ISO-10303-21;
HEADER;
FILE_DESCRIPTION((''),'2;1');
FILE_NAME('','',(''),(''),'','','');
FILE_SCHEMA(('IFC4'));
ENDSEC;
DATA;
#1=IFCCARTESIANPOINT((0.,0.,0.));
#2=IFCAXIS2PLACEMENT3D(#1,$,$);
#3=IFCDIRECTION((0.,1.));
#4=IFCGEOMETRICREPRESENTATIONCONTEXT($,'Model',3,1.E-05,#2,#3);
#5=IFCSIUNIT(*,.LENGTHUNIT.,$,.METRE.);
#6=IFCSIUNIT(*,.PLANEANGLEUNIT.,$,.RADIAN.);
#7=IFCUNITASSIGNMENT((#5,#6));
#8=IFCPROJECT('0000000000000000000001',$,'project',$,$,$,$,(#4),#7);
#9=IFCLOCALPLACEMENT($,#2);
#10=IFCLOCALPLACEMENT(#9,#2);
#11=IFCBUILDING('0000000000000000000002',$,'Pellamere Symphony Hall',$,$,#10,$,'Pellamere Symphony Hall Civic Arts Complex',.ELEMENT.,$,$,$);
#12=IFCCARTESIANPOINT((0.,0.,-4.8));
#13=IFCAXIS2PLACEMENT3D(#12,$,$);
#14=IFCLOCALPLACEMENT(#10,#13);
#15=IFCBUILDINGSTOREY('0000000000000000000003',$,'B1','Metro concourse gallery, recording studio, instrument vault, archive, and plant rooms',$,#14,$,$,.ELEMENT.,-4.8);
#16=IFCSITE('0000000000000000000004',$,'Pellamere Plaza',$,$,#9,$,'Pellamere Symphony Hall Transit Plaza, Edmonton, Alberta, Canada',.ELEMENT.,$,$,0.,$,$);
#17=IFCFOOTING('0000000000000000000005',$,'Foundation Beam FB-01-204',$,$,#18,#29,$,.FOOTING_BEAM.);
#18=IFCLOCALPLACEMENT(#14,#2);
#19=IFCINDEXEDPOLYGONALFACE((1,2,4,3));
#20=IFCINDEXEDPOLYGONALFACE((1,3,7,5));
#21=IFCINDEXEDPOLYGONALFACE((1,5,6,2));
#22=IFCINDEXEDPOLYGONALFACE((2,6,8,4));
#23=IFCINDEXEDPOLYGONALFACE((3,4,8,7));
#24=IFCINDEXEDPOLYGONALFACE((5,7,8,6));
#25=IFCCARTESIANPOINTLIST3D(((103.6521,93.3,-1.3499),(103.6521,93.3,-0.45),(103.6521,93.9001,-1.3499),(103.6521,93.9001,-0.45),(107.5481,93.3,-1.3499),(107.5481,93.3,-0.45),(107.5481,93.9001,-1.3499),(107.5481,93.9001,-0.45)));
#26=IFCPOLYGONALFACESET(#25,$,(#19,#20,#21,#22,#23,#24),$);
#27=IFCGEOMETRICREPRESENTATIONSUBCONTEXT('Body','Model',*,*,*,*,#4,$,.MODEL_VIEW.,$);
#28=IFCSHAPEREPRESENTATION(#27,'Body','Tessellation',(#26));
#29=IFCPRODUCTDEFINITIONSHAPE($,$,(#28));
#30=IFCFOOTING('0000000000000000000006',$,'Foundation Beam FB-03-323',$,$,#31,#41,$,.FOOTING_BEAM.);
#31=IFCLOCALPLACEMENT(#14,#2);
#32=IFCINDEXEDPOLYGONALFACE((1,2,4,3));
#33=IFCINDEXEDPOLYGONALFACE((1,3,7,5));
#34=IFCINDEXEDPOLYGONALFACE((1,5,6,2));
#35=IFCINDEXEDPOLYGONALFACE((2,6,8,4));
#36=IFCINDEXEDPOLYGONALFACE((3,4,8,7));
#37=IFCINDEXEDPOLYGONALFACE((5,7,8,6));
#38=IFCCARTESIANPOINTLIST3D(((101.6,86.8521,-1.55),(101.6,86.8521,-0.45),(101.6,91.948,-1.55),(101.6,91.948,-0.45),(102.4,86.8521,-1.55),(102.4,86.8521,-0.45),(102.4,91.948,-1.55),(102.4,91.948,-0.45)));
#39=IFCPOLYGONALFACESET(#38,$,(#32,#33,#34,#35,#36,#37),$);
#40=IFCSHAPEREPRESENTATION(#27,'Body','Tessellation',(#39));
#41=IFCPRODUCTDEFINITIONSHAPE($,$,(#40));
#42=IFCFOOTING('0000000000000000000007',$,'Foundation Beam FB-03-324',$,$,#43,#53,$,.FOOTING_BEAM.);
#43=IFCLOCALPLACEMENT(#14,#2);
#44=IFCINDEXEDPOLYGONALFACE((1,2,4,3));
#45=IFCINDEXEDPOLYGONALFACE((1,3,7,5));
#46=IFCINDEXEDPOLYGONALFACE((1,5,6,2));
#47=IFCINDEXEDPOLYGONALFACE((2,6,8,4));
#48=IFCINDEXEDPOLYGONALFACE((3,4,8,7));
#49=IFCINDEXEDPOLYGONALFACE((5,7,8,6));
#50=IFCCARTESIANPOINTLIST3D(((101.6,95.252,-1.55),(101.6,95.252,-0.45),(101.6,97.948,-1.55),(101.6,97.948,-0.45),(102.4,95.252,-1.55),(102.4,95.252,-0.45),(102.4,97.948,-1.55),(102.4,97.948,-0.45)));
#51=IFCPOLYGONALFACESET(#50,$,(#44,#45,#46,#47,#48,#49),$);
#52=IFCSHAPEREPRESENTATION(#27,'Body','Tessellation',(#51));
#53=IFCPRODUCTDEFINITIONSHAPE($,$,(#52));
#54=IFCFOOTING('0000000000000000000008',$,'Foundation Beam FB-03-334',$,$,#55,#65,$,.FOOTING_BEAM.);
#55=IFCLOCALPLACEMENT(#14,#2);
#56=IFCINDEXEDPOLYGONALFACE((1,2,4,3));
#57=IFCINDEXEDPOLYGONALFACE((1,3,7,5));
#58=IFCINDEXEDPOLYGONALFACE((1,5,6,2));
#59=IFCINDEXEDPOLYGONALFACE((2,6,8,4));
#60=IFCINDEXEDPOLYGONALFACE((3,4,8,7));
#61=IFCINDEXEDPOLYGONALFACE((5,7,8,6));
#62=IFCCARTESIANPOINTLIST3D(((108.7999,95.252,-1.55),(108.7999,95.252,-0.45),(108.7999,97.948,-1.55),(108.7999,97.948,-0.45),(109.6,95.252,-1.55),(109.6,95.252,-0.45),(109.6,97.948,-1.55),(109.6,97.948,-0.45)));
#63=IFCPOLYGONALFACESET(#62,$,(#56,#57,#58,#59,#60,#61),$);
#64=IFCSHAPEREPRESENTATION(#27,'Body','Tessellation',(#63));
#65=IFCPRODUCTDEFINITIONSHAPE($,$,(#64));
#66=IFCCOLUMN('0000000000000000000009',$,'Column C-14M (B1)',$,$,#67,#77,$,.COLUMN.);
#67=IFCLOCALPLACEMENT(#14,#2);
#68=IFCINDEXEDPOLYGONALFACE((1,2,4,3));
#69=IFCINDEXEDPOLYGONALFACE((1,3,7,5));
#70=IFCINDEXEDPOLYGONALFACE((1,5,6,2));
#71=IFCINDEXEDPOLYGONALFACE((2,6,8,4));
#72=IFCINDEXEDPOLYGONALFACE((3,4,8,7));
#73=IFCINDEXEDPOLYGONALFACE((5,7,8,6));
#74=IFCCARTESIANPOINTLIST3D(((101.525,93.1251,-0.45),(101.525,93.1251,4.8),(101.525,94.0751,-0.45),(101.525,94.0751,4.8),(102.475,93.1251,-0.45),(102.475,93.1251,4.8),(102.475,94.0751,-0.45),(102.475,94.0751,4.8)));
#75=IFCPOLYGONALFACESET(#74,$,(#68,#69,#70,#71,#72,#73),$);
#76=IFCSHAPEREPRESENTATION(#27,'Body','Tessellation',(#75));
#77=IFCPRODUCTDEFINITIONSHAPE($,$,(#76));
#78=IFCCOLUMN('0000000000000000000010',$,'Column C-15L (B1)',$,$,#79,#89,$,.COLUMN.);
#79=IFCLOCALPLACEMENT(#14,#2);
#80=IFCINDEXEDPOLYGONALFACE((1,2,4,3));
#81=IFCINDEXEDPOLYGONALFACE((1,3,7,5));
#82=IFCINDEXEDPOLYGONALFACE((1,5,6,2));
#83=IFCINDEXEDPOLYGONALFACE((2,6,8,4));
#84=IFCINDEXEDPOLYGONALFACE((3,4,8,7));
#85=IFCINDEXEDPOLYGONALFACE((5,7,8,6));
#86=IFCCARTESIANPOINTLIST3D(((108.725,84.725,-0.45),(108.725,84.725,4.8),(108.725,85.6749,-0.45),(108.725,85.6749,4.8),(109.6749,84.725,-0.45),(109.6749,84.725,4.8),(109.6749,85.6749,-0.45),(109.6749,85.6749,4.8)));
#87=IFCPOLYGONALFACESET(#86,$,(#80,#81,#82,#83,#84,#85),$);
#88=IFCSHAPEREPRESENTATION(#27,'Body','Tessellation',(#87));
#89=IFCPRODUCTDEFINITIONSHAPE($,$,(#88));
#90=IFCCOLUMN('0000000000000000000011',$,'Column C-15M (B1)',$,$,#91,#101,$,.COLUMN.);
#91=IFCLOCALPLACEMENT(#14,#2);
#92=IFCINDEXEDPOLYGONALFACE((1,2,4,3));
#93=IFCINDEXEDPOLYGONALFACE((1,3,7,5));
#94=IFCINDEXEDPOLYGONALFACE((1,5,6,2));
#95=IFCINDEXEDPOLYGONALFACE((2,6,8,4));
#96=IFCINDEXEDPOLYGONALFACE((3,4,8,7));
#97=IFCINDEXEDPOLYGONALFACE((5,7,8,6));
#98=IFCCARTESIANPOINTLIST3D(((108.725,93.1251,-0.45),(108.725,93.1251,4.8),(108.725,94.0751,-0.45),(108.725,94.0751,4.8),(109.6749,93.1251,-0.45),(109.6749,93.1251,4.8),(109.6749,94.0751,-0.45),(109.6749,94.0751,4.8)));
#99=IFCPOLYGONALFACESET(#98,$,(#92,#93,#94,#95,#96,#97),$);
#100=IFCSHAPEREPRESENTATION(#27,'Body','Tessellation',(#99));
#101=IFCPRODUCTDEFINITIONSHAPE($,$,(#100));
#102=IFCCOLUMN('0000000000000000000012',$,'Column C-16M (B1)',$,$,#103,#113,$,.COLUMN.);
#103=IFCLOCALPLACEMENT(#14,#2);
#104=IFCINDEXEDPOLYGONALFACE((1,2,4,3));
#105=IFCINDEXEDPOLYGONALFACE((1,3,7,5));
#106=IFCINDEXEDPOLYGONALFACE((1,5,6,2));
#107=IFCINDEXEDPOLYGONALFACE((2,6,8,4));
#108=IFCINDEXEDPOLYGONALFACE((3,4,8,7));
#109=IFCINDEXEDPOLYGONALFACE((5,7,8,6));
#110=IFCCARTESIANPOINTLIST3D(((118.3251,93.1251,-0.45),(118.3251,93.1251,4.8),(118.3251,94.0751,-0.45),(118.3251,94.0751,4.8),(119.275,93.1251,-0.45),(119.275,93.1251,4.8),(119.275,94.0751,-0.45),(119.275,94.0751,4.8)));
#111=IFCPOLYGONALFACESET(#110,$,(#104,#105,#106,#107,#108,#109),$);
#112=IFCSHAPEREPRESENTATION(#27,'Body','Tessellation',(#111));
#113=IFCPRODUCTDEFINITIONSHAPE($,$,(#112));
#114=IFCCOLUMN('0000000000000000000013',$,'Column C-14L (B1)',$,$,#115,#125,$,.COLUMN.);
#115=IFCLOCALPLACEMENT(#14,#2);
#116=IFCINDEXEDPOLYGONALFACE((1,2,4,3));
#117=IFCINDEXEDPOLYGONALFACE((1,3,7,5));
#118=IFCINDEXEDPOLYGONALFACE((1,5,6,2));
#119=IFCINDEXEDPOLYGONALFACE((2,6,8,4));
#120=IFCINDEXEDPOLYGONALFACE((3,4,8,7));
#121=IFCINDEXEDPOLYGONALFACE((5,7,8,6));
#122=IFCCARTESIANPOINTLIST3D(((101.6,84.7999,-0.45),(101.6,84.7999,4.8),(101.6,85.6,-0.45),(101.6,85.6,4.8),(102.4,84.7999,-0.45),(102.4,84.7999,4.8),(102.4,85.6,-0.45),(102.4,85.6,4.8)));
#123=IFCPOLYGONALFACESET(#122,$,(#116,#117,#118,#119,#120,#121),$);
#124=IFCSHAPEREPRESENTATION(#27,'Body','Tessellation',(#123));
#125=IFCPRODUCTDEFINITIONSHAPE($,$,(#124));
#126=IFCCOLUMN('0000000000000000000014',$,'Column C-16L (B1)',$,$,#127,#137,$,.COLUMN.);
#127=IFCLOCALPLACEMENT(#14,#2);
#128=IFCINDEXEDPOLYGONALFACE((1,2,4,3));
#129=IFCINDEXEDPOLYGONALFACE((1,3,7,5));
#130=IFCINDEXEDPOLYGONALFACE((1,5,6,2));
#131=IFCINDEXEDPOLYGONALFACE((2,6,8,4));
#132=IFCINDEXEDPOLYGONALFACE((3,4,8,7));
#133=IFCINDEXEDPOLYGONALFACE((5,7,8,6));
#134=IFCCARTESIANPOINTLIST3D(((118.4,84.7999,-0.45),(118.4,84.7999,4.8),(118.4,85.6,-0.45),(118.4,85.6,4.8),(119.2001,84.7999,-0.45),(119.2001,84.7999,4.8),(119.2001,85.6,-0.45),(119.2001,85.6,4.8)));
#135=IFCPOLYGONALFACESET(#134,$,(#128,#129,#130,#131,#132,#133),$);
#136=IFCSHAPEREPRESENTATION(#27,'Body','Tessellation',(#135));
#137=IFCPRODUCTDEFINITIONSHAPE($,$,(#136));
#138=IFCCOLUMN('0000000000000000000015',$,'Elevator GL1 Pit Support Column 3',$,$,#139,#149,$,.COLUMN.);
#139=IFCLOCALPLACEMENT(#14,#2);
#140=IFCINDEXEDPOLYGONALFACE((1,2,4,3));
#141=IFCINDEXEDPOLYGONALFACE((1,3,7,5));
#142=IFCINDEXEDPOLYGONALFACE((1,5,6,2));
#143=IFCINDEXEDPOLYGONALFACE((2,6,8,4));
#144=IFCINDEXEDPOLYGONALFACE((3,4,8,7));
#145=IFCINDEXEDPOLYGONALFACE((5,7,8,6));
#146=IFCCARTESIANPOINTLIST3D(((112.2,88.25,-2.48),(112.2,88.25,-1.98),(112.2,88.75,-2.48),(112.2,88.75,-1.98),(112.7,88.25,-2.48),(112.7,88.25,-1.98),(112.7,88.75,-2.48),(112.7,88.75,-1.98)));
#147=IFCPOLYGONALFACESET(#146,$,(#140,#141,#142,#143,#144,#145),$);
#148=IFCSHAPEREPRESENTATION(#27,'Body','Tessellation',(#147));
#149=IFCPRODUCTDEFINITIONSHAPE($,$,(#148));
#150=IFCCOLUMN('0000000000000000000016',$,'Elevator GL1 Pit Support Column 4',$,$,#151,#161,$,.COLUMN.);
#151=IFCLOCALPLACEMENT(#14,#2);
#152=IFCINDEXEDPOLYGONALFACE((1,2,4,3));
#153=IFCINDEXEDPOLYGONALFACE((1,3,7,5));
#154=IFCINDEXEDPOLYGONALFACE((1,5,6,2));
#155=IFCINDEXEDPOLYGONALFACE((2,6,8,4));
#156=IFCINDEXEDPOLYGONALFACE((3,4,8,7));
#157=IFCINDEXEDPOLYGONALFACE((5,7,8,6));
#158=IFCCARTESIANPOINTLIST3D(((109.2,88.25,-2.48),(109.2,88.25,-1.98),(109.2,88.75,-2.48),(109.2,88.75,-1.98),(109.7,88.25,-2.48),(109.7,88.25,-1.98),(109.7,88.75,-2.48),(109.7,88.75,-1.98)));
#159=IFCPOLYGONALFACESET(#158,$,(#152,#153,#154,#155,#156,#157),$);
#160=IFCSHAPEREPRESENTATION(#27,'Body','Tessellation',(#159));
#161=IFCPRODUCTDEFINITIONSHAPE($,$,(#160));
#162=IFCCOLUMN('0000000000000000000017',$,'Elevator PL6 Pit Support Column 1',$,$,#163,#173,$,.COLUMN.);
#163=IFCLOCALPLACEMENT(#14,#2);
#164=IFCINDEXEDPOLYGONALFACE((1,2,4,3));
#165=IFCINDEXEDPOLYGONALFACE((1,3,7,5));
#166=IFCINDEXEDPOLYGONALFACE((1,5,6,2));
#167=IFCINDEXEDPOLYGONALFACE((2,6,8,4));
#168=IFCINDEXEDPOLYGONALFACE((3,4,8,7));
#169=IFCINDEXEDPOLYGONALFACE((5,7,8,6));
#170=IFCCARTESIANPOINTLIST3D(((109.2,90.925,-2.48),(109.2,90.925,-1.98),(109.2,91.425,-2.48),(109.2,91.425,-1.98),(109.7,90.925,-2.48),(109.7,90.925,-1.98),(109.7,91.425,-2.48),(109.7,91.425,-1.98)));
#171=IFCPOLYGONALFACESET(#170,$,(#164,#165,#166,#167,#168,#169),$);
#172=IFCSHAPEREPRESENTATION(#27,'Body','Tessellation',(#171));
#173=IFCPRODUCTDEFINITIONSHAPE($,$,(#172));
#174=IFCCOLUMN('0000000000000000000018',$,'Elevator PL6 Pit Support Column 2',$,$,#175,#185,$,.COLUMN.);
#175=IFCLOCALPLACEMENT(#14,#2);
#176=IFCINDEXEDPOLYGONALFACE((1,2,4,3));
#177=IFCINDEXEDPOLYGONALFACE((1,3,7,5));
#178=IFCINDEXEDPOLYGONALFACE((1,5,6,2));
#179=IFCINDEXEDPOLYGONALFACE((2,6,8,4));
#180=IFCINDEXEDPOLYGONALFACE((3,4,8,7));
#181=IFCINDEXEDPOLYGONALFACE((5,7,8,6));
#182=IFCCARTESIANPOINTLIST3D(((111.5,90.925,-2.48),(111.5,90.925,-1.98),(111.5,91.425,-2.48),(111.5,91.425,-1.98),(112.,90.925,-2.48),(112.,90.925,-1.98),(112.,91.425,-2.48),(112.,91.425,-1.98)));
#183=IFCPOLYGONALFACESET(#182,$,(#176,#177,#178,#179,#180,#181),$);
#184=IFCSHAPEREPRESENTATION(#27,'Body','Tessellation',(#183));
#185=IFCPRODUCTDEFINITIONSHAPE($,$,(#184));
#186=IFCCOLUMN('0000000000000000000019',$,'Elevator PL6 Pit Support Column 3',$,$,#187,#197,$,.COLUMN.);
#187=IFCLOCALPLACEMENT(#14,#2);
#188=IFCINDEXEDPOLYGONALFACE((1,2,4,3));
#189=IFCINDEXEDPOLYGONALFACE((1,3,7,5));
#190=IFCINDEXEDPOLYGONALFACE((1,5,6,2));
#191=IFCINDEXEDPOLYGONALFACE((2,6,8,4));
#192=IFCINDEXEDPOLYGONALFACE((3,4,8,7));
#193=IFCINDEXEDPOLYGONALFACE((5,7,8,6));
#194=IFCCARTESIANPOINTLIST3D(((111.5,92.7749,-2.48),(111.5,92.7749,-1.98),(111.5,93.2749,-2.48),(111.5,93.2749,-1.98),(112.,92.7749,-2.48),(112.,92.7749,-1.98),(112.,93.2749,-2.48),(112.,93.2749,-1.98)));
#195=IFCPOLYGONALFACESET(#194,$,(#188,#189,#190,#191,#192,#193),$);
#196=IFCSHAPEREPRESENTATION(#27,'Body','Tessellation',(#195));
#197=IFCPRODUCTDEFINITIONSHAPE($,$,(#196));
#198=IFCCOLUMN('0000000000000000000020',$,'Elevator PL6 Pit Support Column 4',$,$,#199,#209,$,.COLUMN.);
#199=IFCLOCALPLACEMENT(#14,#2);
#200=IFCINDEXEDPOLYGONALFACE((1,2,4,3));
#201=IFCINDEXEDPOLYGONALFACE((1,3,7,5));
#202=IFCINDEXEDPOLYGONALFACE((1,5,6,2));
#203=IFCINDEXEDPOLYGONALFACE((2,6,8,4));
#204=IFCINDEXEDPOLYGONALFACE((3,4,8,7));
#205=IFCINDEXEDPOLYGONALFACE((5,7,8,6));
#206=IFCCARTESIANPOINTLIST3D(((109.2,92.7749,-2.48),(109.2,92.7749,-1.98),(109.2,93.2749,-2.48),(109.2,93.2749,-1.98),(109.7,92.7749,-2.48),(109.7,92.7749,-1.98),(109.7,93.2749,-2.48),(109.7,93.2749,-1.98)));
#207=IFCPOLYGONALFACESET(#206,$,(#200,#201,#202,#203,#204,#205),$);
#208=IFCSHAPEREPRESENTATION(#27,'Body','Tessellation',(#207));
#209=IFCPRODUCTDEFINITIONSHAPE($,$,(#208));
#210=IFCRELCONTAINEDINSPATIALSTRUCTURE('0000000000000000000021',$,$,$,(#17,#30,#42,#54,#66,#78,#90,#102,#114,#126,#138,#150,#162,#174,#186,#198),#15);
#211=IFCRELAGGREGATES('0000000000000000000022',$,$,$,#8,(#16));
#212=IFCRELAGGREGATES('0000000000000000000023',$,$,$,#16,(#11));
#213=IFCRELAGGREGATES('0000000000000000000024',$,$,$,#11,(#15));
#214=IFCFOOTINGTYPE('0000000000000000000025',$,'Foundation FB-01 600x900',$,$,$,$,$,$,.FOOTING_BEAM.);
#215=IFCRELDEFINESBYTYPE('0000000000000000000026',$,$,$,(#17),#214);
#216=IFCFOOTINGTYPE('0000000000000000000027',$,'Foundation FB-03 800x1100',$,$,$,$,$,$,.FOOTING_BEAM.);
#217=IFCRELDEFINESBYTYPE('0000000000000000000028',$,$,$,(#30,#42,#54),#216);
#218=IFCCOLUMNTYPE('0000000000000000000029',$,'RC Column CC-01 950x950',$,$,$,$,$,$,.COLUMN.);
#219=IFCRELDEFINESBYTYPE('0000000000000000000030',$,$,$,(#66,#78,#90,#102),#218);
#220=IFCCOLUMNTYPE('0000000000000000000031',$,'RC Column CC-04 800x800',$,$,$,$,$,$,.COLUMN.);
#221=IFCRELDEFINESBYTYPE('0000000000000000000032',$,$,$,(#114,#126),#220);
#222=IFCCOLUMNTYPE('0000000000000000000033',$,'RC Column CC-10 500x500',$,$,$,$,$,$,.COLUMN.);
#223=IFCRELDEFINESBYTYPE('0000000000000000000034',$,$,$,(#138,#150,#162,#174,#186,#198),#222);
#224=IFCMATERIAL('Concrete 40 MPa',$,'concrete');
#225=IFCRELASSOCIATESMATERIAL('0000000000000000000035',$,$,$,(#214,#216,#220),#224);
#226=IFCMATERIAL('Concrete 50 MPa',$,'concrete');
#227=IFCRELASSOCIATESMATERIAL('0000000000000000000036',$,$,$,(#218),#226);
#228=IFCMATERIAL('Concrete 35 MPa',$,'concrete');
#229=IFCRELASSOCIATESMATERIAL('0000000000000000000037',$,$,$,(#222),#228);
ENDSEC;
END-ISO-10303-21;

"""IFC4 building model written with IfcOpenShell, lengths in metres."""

from ifc_helpers import new_model, si_unit, direction, frame, origin, origin_2d, place, context, subcontext, project, spatial, rectangle, extrude, material, material_profile, profile_set, type_object, element, save


model = new_model("IFC4")

# Units and contexts
model_context = context("Model", 3, precision=1e-05, world=origin(), true_north=direction((0.0, 1.0)))
body_context = subcontext(model_context, "Body", "Model", "MODEL_VIEW")
ifc_project = project(units=[si_unit("LENGTHUNIT", "METRE"), si_unit("PLANEANGLEUNIT", "RADIAN")], contexts=[model_context])

# Site, building, storey
site_placement = place(None, origin())
site = spatial("IfcSite", under=ifc_project, at=site_placement, Name="Pellamere Plaza", LongName="Pellamere Symphony Hall Transit Plaza, Edmonton, Alberta, Canada", CompositionType="ELEMENT", RefElevation=0.0)
building_placement = place(site_placement, origin())
building = spatial("IfcBuilding", under=site, at=building_placement, Name="Pellamere Symphony Hall", LongName="Pellamere Symphony Hall Civic Arts Complex", CompositionType="ELEMENT")
storey_placement = place(building_placement, frame((0.0, 0.0, -4.8)))
storey = spatial("IfcBuildingStorey", under=building, at=storey_placement, Name="B1", Description="Metro concourse gallery, recording studio, instrument vault, archive, and plant rooms", CompositionType="ELEMENT", Elevation=-4.8)

# Shared definitions
ifc_material_1 = material(Name="Concrete 40 MPa", Category="concrete")
ifc_material_2 = material(Name="Concrete 35 MPa", Category="concrete")

# Footings
ifc_material_profile_1 = material_profile(ifc_material_1, rectangle(XDim=0.6001, YDim=0.8999, at=origin_2d()), Name="RC 600x900")
ifc_profile_set_1 = profile_set([ifc_material_profile_1], Name="Concrete 40 MPa")
footing_type_1 = type_object("IfcFootingType", Name="Foundation FB-01 600x900", PredefinedType="FOOTING_BEAM", material=ifc_profile_set_1)
for number, where, z_axis, x_axis, name in (
    (1, (103.6521, 93.6001, -0.8999), (1.0, 0.0, 0.0), (0.0, 1.0, 0.0), "Foundation Beam FB-01-204"),
):
    element("IfcFooting", number, at=place(storey_placement, frame(where, z_axis=z_axis, x_axis=x_axis)), inside=storey, type_object=footing_type_1, Name=name, PredefinedType="FOOTING_BEAM", context=body_context, shape_type="SweptSolid", body=[
        extrude(rectangle(XDim=0.6001, YDim=0.8999, at=origin_2d()), origin(), (0.0, 0.0, 1.0), 3.896),
    ])
ifc_material_profile_2 = material_profile(ifc_material_1, rectangle(XDim=0.8, YDim=1.1001, at=origin_2d()), Name="RC 800x1100")
ifc_profile_set_2 = profile_set([ifc_material_profile_2], Name="Concrete 40 MPa")
footing_type_2 = type_object("IfcFootingType", Name="Foundation FB-03 800x1100", PredefinedType="FOOTING_BEAM", material=ifc_profile_set_2)
footing_placement = place(storey_placement, frame((102.0, 86.8521, -1.0), z_axis=(0.0, 1.0, 0.0), x_axis=(-1.0, 0.0, 0.0)))
element("IfcFooting", 2, at=footing_placement, inside=storey, type_object=footing_type_2, Name="Foundation Beam FB-03-323", PredefinedType="FOOTING_BEAM", context=body_context, shape_type="SweptSolid", body=[
    extrude(rectangle(XDim=0.8, YDim=1.1001, at=origin_2d()), origin(), (0.0, 0.0, 1.0), 5.0959),
])
for number, where, z_axis, x_axis, name in (
    (3, (102.0, 95.252, -1.0), (0.0, 1.0, 0.0), (-1.0, 0.0, 0.0), "Foundation Beam FB-03-324"),
    (4, (109.2, 95.252, -1.0), (0.0, 1.0, 0.0), (-1.0, 0.0, 0.0), "Foundation Beam FB-03-334"),
):
    element("IfcFooting", number, at=place(storey_placement, frame(where, z_axis=z_axis, x_axis=x_axis)), inside=storey, type_object=footing_type_2, Name=name, PredefinedType="FOOTING_BEAM", context=body_context, shape_type="SweptSolid", body=[
        extrude(rectangle(XDim=0.8, YDim=1.1001, at=origin_2d()), origin(), (0.0, 0.0, 1.0), 2.696),
    ])

# Columns
ifc_material_3 = material(Name="Concrete 50 MPa", Category="concrete")
ifc_material_profile_3 = material_profile(ifc_material_3, rectangle(XDim=0.95, YDim=0.95, at=origin_2d()), Name="RC 950x950")
ifc_profile_set_3 = profile_set([ifc_material_profile_3], Name="Concrete 50 MPa")
column_type_1 = type_object("IfcColumnType", Name="RC Column CC-01 950x950", PredefinedType="COLUMN", material=ifc_profile_set_3)
for number, where, z_axis, x_axis, name in (
    (5, (102.0, 93.6001, -0.45), (0.0, 0.0, 1.0), (1.0, 0.0, 0.0), "Column C-14M (B1)"),
    (6, (109.2, 85.2, -0.45), (0.0, 0.0, 1.0), (1.0, 0.0, 0.0), "Column C-15L (B1)"),
    (7, (109.2, 93.6001, -0.45), (0.0, 0.0, 1.0), (1.0, 0.0, 0.0), "Column C-15M (B1)"),
    (8, (118.8, 93.6001, -0.45), (0.0, 0.0, 1.0), (1.0, 0.0, 0.0), "Column C-16M (B1)"),
):
    element("IfcColumn", number, at=place(storey_placement, frame(where, z_axis=z_axis, x_axis=x_axis)), inside=storey, type_object=column_type_1, Name=name, PredefinedType="COLUMN", context=body_context, shape_type="SweptSolid", body=[
        extrude(rectangle(XDim=0.95, YDim=0.95, at=origin_2d()), origin(), (0.0, 0.0, 1.0), 5.25),
    ])
ifc_material_profile_4 = material_profile(ifc_material_1, rectangle(XDim=0.8, YDim=0.8, at=origin_2d()), Name="RC 800x800")
ifc_profile_set_4 = profile_set([ifc_material_profile_4], Name="Concrete 40 MPa")
column_type_2 = type_object("IfcColumnType", Name="RC Column CC-04 800x800", PredefinedType="COLUMN", material=ifc_profile_set_4)
for number, where, z_axis, x_axis, name in (
    (9, (102.0, 85.2, -0.45), (0.0, 0.0, 1.0), (1.0, 0.0, 0.0), "Column C-14L (B1)"),
    (10, (118.8, 85.2, -0.45), (0.0, 0.0, 1.0), (1.0, 0.0, 0.0), "Column C-16L (B1)"),
):
    element("IfcColumn", number, at=place(storey_placement, frame(where, z_axis=z_axis, x_axis=x_axis)), inside=storey, type_object=column_type_2, Name=name, PredefinedType="COLUMN", context=body_context, shape_type="SweptSolid", body=[
        extrude(rectangle(XDim=0.8, YDim=0.8, at=origin_2d()), origin(), (0.0, 0.0, 1.0), 5.25),
    ])
ifc_material_profile_5 = material_profile(ifc_material_2, rectangle(XDim=0.5, YDim=0.5, at=origin_2d()), Name="RC 500x500")
ifc_profile_set_5 = profile_set([ifc_material_profile_5], Name="Concrete 35 MPa")
column_type_3 = type_object("IfcColumnType", Name="RC Column CC-10 500x500", PredefinedType="COLUMN", material=ifc_profile_set_5)
for number, where, z_axis, x_axis, name in (
    (11, (112.45, 88.5, -2.48), (0.0, 0.0, 1.0), (1.0, 0.0, 0.0), "Elevator GL1 Pit Support Column 3"),
    (12, (109.45, 88.5, -2.48), (0.0, 0.0, 1.0), (1.0, 0.0, 0.0), "Elevator GL1 Pit Support Column 4"),
    (13, (109.45, 91.175, -2.48), (0.0, 0.0, 1.0), (1.0, 0.0, 0.0), "Elevator PL6 Pit Support Column 1"),
    (14, (111.75, 91.175, -2.48), (0.0, 0.0, 1.0), (1.0, 0.0, 0.0), "Elevator PL6 Pit Support Column 2"),
    (15, (111.75, 93.0249, -2.48), (0.0, 0.0, 1.0), (1.0, 0.0, 0.0), "Elevator PL6 Pit Support Column 3"),
    (16, (109.45, 93.0249, -2.48), (0.0, 0.0, 1.0), (1.0, 0.0, 0.0), "Elevator PL6 Pit Support Column 4"),
):
    element("IfcColumn", number, at=place(storey_placement, frame(where, z_axis=z_axis, x_axis=x_axis)), inside=storey, type_object=column_type_3, Name=name, PredefinedType="COLUMN", context=body_context, shape_type="SweptSolid", body=[
        extrude(rectangle(XDim=0.5, YDim=0.5, at=origin_2d()), origin(), (0.0, 0.0, 1.0), 0.5),
    ])

save(model, "model.ifc")
